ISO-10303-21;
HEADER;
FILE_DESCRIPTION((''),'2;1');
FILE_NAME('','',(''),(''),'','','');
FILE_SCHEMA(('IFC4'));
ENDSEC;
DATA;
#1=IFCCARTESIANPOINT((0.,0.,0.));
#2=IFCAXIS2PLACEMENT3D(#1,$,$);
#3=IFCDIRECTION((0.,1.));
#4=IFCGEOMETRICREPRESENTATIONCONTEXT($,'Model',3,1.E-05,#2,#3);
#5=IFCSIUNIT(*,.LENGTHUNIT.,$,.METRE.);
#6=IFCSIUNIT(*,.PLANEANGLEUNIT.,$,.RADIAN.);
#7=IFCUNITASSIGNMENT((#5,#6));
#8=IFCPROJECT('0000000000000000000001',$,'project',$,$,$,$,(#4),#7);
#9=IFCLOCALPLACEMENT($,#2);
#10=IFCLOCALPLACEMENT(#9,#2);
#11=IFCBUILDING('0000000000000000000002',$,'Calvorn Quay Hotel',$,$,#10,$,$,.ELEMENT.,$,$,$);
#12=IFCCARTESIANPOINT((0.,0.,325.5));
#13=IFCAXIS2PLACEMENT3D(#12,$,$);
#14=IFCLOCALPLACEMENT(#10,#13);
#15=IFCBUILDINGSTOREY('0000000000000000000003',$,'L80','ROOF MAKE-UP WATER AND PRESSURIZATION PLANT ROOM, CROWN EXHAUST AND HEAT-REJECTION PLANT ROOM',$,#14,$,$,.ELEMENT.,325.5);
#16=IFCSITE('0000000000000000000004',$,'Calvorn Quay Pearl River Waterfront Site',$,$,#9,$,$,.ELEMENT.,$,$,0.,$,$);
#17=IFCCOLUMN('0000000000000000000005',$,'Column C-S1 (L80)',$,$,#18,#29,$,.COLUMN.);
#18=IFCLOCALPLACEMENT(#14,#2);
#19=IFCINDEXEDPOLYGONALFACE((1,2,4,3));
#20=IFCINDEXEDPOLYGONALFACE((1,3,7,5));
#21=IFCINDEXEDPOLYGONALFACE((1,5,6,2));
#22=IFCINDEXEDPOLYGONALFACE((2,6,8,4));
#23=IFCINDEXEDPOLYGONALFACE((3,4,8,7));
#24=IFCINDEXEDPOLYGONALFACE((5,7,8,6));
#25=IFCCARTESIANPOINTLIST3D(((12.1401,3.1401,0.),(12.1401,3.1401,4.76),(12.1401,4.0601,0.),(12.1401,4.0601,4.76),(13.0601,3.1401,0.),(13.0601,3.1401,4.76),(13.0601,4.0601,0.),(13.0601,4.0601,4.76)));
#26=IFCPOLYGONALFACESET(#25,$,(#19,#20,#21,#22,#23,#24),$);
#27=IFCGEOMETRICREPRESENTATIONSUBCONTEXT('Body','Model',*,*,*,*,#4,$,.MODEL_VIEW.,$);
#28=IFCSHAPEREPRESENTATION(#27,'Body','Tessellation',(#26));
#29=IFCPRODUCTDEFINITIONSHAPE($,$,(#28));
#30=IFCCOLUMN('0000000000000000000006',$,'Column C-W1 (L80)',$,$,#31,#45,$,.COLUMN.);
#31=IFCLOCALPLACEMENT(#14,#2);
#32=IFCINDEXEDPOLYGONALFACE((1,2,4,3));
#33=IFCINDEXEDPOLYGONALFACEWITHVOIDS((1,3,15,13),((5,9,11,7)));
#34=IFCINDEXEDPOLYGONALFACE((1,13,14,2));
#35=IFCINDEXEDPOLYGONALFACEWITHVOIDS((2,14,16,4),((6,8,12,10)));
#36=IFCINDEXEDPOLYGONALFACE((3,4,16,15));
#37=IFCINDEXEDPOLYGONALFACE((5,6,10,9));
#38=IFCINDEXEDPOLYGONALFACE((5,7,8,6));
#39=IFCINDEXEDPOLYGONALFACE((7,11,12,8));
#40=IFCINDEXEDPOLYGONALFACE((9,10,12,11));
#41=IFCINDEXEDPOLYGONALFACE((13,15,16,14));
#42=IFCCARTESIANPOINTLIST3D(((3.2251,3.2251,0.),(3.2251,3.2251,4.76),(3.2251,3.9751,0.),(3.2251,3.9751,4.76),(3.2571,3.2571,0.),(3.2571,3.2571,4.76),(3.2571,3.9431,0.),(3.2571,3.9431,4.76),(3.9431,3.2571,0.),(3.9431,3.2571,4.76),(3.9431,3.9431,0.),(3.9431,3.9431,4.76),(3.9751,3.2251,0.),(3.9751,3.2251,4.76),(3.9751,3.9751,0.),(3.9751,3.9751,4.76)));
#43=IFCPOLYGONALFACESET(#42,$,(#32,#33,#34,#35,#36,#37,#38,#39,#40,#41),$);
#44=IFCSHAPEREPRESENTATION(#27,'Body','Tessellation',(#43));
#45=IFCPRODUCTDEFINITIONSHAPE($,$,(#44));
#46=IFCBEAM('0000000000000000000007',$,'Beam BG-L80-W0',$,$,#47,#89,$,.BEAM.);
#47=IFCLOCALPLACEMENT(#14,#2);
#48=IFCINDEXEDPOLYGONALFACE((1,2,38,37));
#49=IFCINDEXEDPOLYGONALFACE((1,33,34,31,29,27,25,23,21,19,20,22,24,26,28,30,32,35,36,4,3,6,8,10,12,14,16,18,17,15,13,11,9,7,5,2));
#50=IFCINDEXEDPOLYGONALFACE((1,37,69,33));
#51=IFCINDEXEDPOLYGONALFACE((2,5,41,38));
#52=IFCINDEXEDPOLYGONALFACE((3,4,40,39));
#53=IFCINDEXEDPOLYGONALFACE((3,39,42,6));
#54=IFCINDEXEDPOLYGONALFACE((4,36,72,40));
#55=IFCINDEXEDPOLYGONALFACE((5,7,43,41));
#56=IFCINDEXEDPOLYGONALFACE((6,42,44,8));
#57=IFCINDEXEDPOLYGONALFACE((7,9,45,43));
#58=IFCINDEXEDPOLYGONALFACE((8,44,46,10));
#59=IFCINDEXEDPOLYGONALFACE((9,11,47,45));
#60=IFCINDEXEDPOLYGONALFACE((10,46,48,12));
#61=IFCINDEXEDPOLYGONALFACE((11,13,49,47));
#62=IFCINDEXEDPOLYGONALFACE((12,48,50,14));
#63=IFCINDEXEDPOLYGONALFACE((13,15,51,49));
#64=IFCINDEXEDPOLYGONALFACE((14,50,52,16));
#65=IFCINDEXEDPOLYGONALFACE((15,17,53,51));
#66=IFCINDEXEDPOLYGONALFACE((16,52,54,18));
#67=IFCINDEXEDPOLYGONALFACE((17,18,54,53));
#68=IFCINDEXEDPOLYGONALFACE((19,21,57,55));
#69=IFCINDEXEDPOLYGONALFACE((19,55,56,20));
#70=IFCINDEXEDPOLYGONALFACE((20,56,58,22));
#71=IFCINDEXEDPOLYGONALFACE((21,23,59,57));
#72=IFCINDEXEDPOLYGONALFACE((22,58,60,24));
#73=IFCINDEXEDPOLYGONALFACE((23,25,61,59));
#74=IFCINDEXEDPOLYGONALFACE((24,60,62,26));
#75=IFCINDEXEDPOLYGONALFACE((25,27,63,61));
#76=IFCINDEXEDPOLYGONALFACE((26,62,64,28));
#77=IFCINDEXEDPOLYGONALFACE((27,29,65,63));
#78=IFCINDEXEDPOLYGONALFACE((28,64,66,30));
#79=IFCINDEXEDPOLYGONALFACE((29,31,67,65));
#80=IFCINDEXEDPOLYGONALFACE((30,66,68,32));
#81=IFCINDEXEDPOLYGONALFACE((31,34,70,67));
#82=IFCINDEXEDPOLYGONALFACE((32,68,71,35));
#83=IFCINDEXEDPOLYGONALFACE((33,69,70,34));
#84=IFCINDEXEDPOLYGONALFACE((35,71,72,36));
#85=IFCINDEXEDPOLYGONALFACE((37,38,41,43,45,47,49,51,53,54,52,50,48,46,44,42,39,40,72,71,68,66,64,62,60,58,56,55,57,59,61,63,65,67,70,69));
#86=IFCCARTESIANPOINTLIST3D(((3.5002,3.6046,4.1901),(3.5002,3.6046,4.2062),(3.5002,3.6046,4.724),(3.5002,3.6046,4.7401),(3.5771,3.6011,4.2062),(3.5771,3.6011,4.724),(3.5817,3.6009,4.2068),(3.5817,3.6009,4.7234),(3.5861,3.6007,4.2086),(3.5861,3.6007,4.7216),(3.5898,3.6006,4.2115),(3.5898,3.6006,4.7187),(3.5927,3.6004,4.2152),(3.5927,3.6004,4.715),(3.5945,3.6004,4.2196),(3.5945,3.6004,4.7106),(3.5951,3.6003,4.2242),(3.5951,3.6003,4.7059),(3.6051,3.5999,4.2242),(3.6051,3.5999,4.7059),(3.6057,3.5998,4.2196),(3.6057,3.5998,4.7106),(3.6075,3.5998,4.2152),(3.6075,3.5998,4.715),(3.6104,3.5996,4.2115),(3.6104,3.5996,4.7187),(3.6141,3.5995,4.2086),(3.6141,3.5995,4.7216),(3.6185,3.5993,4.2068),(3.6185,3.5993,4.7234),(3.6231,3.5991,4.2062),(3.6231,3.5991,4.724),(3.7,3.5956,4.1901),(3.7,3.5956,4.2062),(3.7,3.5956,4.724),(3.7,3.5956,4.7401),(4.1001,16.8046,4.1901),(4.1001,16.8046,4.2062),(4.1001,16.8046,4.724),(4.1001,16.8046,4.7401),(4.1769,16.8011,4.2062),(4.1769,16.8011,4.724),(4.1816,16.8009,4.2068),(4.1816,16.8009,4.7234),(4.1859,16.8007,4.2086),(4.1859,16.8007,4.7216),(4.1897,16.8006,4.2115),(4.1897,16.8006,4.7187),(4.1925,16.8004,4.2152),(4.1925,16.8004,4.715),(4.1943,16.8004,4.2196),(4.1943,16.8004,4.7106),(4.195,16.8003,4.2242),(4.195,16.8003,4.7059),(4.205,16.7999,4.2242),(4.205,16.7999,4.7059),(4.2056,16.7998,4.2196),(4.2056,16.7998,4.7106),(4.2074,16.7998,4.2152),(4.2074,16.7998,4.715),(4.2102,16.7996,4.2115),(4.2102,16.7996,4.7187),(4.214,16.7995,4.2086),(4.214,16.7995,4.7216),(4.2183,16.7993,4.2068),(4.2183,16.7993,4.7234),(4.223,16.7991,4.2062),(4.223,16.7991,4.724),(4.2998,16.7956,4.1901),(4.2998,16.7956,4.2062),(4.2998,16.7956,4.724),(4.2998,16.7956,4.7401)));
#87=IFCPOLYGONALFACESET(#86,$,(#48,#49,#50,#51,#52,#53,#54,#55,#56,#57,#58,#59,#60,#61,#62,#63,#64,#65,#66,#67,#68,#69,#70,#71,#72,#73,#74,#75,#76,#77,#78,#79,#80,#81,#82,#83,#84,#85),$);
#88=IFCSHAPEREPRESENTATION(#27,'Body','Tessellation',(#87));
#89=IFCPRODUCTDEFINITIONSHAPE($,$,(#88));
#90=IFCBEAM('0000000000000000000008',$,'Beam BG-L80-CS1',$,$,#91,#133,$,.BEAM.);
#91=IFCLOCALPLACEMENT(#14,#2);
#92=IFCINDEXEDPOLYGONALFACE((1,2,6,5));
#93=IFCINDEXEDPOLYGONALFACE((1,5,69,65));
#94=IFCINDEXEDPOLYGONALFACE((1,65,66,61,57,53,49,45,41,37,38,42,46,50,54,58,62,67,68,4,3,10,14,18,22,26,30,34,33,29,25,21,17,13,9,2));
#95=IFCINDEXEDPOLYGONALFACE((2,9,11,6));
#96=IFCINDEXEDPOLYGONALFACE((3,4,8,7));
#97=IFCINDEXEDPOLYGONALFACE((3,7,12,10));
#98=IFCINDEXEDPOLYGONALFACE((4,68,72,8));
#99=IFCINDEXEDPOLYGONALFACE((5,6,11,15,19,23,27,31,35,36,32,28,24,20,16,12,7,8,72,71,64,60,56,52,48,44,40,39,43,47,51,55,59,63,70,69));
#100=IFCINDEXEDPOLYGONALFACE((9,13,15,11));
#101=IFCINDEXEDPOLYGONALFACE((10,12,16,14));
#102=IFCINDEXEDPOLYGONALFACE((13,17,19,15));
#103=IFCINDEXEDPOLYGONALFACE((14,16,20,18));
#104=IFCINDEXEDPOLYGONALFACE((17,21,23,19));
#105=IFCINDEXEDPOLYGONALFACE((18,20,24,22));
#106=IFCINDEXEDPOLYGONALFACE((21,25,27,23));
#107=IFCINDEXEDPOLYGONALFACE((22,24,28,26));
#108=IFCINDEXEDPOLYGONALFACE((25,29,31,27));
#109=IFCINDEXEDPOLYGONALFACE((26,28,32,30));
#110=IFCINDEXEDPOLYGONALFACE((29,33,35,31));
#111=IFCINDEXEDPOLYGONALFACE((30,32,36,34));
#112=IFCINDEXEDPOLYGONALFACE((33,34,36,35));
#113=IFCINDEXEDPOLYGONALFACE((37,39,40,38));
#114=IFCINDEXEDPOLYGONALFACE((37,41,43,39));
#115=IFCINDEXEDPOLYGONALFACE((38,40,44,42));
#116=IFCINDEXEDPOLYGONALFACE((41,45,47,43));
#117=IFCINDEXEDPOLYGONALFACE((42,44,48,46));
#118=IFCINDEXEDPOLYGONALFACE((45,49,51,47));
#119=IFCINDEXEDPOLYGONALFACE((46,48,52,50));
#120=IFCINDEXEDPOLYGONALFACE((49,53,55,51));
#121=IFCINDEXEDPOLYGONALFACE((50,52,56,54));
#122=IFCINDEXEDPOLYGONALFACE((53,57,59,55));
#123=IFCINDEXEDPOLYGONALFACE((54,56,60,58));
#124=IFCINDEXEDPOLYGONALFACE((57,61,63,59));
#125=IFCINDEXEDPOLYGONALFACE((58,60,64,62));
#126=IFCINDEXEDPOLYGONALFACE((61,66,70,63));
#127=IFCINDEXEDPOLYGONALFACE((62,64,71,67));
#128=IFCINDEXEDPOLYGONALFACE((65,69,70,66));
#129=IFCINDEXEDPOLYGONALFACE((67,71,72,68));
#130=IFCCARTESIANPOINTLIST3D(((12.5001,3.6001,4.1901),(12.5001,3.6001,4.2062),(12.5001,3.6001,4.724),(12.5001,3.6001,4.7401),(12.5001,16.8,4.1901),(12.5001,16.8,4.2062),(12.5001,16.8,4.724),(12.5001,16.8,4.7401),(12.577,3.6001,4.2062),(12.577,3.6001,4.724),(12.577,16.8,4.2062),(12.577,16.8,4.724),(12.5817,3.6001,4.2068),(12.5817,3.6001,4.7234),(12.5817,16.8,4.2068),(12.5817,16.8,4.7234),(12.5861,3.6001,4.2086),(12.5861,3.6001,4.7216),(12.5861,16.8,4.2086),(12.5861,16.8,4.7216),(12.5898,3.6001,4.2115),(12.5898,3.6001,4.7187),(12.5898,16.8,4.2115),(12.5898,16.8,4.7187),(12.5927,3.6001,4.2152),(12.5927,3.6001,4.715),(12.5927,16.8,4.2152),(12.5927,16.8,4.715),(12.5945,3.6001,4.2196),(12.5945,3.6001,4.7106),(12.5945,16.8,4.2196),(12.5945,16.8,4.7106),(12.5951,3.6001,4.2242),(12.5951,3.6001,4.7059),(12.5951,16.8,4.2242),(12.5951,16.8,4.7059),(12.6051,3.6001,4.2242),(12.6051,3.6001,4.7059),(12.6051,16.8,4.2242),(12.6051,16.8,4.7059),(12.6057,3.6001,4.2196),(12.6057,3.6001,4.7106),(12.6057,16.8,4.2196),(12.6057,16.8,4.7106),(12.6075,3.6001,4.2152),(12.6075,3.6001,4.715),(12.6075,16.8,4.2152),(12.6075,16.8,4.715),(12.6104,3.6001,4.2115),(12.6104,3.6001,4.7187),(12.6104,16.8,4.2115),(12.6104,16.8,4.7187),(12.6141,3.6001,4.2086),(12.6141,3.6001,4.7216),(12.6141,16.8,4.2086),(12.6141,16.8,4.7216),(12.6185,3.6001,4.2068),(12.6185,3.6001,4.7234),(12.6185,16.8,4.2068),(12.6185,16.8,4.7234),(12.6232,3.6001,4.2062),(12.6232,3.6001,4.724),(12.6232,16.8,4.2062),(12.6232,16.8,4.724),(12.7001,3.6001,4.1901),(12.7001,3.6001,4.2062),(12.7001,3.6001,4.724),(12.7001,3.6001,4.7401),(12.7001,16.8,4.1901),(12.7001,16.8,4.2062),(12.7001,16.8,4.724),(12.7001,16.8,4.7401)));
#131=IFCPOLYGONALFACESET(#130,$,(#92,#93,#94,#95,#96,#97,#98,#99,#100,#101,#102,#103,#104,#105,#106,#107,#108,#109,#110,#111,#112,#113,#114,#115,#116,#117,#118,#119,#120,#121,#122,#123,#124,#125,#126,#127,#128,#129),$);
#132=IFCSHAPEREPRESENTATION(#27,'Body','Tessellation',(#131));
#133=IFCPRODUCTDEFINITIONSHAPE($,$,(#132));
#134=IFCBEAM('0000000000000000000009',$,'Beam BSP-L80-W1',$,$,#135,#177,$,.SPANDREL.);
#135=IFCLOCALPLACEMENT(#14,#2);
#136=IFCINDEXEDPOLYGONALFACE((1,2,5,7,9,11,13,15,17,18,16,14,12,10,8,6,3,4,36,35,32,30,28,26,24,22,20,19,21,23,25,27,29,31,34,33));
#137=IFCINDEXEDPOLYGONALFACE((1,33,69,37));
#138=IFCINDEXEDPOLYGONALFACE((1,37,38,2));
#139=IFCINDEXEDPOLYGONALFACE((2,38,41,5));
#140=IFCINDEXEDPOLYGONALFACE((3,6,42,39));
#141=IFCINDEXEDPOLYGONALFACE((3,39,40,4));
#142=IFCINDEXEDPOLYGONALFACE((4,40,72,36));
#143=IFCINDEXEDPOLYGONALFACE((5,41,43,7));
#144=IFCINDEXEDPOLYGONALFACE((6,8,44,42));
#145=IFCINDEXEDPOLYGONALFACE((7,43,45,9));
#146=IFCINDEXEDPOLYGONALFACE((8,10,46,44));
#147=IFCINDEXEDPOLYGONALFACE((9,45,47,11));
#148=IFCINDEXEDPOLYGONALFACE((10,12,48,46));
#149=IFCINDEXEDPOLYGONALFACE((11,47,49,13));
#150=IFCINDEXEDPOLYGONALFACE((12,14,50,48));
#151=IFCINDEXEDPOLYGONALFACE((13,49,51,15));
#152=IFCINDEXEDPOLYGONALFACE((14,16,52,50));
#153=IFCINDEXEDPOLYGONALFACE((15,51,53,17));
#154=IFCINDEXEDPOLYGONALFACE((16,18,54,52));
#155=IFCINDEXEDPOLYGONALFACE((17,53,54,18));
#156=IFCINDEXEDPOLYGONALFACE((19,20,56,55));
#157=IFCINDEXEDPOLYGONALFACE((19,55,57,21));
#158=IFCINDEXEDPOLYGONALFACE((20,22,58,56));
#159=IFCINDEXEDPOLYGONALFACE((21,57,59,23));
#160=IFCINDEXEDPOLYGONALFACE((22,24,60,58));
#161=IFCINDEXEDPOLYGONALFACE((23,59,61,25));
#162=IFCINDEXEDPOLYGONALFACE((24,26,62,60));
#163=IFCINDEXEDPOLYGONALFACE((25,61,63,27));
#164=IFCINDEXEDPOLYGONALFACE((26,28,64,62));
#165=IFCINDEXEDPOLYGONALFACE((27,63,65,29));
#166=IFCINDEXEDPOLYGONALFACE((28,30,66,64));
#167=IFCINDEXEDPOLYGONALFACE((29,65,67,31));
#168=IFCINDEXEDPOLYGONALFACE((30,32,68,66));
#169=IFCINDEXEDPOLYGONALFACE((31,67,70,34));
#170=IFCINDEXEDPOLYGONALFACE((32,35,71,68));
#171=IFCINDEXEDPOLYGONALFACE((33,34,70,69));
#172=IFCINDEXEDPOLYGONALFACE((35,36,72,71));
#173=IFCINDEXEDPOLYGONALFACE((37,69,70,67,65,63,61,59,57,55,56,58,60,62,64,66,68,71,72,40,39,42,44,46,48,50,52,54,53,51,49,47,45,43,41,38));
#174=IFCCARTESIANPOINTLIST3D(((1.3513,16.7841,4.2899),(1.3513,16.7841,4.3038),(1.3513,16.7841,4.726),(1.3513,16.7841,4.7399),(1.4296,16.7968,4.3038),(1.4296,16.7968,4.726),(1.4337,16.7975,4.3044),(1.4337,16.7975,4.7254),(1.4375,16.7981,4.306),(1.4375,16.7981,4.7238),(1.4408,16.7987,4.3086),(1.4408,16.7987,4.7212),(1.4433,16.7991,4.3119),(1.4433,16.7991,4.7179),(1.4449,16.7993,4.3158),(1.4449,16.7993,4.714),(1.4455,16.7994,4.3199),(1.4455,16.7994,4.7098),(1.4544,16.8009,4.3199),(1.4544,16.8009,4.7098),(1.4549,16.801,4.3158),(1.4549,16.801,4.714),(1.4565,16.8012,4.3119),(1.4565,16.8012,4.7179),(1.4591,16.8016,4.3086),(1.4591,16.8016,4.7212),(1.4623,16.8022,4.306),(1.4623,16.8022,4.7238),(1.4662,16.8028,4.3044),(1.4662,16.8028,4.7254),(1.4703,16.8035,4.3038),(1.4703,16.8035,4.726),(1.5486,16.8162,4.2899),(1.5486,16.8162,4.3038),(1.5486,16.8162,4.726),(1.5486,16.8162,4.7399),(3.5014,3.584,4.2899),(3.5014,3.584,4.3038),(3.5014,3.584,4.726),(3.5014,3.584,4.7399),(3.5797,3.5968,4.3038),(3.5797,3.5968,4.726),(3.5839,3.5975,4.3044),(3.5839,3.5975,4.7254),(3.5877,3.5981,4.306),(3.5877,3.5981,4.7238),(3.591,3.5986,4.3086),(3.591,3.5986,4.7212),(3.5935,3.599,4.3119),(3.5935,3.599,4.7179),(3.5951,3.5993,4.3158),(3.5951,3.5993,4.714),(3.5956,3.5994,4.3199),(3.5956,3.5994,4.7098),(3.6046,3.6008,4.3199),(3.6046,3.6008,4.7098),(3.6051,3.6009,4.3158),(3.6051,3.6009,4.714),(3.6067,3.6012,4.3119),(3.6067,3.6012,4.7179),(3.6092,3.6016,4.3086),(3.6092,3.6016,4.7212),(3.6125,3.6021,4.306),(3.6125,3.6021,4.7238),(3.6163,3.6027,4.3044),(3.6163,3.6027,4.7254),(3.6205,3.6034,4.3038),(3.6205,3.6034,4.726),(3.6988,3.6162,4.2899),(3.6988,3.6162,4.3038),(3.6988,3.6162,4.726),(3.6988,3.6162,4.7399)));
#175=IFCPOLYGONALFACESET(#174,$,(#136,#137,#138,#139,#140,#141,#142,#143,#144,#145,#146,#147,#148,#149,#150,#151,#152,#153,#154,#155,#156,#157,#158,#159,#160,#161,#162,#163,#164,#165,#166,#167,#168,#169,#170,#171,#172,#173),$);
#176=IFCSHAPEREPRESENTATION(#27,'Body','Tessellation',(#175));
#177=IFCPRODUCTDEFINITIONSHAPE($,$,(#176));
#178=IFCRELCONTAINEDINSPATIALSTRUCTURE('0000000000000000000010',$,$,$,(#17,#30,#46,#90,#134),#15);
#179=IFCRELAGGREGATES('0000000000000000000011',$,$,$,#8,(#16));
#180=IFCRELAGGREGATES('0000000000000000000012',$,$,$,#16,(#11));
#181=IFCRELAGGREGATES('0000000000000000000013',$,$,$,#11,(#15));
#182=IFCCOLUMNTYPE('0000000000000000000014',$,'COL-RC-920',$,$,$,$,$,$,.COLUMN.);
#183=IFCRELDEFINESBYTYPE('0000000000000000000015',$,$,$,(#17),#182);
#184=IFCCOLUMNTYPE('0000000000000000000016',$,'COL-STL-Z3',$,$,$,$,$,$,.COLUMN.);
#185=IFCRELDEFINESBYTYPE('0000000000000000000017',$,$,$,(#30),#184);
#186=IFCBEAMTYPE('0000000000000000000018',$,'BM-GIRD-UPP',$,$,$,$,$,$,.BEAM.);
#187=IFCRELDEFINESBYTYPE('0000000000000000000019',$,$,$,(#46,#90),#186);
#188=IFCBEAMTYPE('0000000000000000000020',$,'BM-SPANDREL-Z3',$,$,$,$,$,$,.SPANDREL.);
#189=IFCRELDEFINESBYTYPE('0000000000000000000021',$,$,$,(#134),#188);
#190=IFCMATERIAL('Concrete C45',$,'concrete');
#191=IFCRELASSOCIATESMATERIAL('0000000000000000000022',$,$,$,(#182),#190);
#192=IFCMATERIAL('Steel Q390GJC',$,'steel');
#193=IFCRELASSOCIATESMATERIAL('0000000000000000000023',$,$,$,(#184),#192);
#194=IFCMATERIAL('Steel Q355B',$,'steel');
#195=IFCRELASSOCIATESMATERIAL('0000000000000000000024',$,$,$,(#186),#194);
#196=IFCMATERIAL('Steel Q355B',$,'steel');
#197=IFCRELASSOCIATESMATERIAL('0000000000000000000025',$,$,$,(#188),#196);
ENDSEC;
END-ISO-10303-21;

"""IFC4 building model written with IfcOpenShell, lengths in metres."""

from ifc_helpers import new_model, si_unit, direction, frame, origin, origin_2d, place, context, subcontext, project, spatial, rectangle, hollow_rectangle, i_section, extrude, material, material_profile, profile_set, type_object, element, save


model = new_model("IFC4")

# Units and contexts
model_context = context("Model", 3, precision=1e-05, world=origin(), true_north=direction((0.0, 1.0)))
body_context = subcontext(model_context, "Body", "Model", "MODEL_VIEW")
ifc_project = project(units=[si_unit("LENGTHUNIT", "METRE"), si_unit("PLANEANGLEUNIT", "RADIAN")], contexts=[model_context])

# Site, building, storey
site_placement = place(None, origin())
site = spatial("IfcSite", under=ifc_project, at=site_placement, Name="Calvorn Quay Pearl River Waterfront Site", CompositionType="ELEMENT", RefElevation=0.0)
building_placement = place(site_placement, origin())
building = spatial("IfcBuilding", under=site, at=building_placement, Name="Calvorn Quay Hotel", CompositionType="ELEMENT")
storey_placement = place(building_placement, frame((0.0, 0.0, 325.5)))
storey = spatial("IfcBuildingStorey", under=building, at=storey_placement, Name="L80", Description="ROOF MAKE-UP WATER AND PRESSURIZATION PLANT ROOM, CROWN EXHAUST AND HEAT-REJECTION PLANT ROOM", CompositionType="ELEMENT", Elevation=325.5)

# Columns
ifc_material_1 = material(Name="Concrete C45", Category="concrete")
ifc_material_profile_1 = material_profile(ifc_material_1, rectangle(XDim=0.9199, YDim=0.9199, at=origin_2d()), Name="RC920x920")
ifc_profile_set_1 = profile_set([ifc_material_profile_1], Name="Concrete C45")
column_type_1 = type_object("IfcColumnType", Name="COL-RC-920", PredefinedType="COLUMN", material=ifc_profile_set_1)
column_1_placement = place(storey_placement, frame((12.6001, 3.6001, 0.0), z_axis=(0.0, 0.0, 1.0), x_axis=(1.0, 0.0, 0.0)))
element("IfcColumn", 1, at=column_1_placement, inside=storey, type_object=column_type_1, Name="Column C-S1 (L80)", PredefinedType="COLUMN", context=body_context, shape_type="SweptSolid", body=[
    extrude(rectangle(XDim=0.9199, YDim=0.9199, at=origin_2d()), origin(), (0.0, 0.0, 1.0), 4.76),
])
ifc_material_2 = material(Name="Steel Q390GJC", Category="steel")
ifc_material_profile_2 = material_profile(ifc_material_2, hollow_rectangle(XDim=0.75, YDim=0.75, WallThickness=0.032, at=origin_2d()), Name="BOX750x750x32")
ifc_profile_set_2 = profile_set([ifc_material_profile_2], Name="Steel Q390GJC")
column_type_2 = type_object("IfcColumnType", Name="COL-STL-Z3", PredefinedType="COLUMN", material=ifc_profile_set_2)
column_2_placement = place(storey_placement, frame((3.6001, 3.6001, 0.0), z_axis=(0.0, 0.0, 1.0), x_axis=(1.0, 0.0, 0.0)))
element("IfcColumn", 2, at=column_2_placement, inside=storey, type_object=column_type_2, Name="Column C-W1 (L80)", PredefinedType="COLUMN", context=body_context, shape_type="SweptSolid", body=[
    extrude(hollow_rectangle(XDim=0.75, YDim=0.75, WallThickness=0.032, at=origin_2d()), origin(), (0.0, 0.0, 1.0), 4.76),
])

# Beams
ifc_material_3 = material(Name="Steel Q355B", Category="steel")
ifc_material_profile_3 = material_profile(ifc_material_3, i_section(OverallWidth=0.2, OverallDepth=0.55, WebThickness=0.01, FlangeThickness=0.0161, FilletRadius=0.0181, at=origin_2d()), Name="HN550x200x10x16")
ifc_profile_set_3 = profile_set([ifc_material_profile_3], Name="Steel Q355B")
beam_type_1 = type_object("IfcBeamType", Name="BM-GIRD-UPP", PredefinedType="BEAM", material=ifc_profile_set_3)
beam_1_placement = place(storey_placement, frame((3.6001, 3.6001, 4.4651), z_axis=(0.045397, 0.998969, 0.0), x_axis=(-0.998969, 0.045397, 0.0)))
element("IfcBeam", 3, at=beam_1_placement, inside=storey, type_object=beam_type_1, Name="Beam BG-L80-W0", PredefinedType="BEAM", context=body_context, shape_type="SweptSolid", body=[
    extrude(i_section(OverallWidth=0.2, OverallDepth=0.55, WebThickness=0.01, FlangeThickness=0.0161, FilletRadius=0.0181, at=origin_2d()), origin(), (0.0, 0.0, 1.0), 13.2136),
])
beam_2_placement = place(storey_placement, frame((12.6001, 3.6001, 4.4651), z_axis=(0.0, 1.0, 0.0), x_axis=(-1.0, 0.0, 0.0)))
element("IfcBeam", 4, at=beam_2_placement, inside=storey, type_object=beam_type_1, Name="Beam BG-L80-CS1", PredefinedType="BEAM", context=body_context, shape_type="SweptSolid", body=[
    extrude(i_section(OverallWidth=0.2, OverallDepth=0.55, WebThickness=0.01, FlangeThickness=0.0161, FilletRadius=0.0181, at=origin_2d()), origin(), (0.0, 0.0, 1.0), 13.2),
])
ifc_material_4 = material(Name="Steel Q355B", Category="steel")
ifc_material_profile_4 = material_profile(ifc_material_4, i_section(OverallWidth=0.2, OverallDepth=0.45, WebThickness=0.009, FlangeThickness=0.0139, FilletRadius=0.0161, at=origin_2d()), Name="HN450x200x9x14")
ifc_profile_set_4 = profile_set([ifc_material_profile_4], Name="Steel Q355B")
beam_type_2 = type_object("IfcBeamType", Name="BM-SPANDREL-Z3", PredefinedType="SPANDREL", material=ifc_profile_set_4)
beam_3_placement = place(storey_placement, frame((3.6001, 3.6001, 4.5149), z_axis=(-0.160772, 0.986992, 0.0), x_axis=(-0.986992, -0.160772, 0.0)))
element("IfcBeam", 5, at=beam_3_placement, inside=storey, type_object=beam_type_2, Name="Beam BSP-L80-W1", PredefinedType="SPANDREL", context=body_context, shape_type="SweptSolid", body=[
    extrude(i_section(OverallWidth=0.2, OverallDepth=0.45, WebThickness=0.009, FlangeThickness=0.0139, FilletRadius=0.0161, at=origin_2d()), origin(), (0.0, 0.0, 1.0), 13.374),
])

save(model, "model.ifc")
